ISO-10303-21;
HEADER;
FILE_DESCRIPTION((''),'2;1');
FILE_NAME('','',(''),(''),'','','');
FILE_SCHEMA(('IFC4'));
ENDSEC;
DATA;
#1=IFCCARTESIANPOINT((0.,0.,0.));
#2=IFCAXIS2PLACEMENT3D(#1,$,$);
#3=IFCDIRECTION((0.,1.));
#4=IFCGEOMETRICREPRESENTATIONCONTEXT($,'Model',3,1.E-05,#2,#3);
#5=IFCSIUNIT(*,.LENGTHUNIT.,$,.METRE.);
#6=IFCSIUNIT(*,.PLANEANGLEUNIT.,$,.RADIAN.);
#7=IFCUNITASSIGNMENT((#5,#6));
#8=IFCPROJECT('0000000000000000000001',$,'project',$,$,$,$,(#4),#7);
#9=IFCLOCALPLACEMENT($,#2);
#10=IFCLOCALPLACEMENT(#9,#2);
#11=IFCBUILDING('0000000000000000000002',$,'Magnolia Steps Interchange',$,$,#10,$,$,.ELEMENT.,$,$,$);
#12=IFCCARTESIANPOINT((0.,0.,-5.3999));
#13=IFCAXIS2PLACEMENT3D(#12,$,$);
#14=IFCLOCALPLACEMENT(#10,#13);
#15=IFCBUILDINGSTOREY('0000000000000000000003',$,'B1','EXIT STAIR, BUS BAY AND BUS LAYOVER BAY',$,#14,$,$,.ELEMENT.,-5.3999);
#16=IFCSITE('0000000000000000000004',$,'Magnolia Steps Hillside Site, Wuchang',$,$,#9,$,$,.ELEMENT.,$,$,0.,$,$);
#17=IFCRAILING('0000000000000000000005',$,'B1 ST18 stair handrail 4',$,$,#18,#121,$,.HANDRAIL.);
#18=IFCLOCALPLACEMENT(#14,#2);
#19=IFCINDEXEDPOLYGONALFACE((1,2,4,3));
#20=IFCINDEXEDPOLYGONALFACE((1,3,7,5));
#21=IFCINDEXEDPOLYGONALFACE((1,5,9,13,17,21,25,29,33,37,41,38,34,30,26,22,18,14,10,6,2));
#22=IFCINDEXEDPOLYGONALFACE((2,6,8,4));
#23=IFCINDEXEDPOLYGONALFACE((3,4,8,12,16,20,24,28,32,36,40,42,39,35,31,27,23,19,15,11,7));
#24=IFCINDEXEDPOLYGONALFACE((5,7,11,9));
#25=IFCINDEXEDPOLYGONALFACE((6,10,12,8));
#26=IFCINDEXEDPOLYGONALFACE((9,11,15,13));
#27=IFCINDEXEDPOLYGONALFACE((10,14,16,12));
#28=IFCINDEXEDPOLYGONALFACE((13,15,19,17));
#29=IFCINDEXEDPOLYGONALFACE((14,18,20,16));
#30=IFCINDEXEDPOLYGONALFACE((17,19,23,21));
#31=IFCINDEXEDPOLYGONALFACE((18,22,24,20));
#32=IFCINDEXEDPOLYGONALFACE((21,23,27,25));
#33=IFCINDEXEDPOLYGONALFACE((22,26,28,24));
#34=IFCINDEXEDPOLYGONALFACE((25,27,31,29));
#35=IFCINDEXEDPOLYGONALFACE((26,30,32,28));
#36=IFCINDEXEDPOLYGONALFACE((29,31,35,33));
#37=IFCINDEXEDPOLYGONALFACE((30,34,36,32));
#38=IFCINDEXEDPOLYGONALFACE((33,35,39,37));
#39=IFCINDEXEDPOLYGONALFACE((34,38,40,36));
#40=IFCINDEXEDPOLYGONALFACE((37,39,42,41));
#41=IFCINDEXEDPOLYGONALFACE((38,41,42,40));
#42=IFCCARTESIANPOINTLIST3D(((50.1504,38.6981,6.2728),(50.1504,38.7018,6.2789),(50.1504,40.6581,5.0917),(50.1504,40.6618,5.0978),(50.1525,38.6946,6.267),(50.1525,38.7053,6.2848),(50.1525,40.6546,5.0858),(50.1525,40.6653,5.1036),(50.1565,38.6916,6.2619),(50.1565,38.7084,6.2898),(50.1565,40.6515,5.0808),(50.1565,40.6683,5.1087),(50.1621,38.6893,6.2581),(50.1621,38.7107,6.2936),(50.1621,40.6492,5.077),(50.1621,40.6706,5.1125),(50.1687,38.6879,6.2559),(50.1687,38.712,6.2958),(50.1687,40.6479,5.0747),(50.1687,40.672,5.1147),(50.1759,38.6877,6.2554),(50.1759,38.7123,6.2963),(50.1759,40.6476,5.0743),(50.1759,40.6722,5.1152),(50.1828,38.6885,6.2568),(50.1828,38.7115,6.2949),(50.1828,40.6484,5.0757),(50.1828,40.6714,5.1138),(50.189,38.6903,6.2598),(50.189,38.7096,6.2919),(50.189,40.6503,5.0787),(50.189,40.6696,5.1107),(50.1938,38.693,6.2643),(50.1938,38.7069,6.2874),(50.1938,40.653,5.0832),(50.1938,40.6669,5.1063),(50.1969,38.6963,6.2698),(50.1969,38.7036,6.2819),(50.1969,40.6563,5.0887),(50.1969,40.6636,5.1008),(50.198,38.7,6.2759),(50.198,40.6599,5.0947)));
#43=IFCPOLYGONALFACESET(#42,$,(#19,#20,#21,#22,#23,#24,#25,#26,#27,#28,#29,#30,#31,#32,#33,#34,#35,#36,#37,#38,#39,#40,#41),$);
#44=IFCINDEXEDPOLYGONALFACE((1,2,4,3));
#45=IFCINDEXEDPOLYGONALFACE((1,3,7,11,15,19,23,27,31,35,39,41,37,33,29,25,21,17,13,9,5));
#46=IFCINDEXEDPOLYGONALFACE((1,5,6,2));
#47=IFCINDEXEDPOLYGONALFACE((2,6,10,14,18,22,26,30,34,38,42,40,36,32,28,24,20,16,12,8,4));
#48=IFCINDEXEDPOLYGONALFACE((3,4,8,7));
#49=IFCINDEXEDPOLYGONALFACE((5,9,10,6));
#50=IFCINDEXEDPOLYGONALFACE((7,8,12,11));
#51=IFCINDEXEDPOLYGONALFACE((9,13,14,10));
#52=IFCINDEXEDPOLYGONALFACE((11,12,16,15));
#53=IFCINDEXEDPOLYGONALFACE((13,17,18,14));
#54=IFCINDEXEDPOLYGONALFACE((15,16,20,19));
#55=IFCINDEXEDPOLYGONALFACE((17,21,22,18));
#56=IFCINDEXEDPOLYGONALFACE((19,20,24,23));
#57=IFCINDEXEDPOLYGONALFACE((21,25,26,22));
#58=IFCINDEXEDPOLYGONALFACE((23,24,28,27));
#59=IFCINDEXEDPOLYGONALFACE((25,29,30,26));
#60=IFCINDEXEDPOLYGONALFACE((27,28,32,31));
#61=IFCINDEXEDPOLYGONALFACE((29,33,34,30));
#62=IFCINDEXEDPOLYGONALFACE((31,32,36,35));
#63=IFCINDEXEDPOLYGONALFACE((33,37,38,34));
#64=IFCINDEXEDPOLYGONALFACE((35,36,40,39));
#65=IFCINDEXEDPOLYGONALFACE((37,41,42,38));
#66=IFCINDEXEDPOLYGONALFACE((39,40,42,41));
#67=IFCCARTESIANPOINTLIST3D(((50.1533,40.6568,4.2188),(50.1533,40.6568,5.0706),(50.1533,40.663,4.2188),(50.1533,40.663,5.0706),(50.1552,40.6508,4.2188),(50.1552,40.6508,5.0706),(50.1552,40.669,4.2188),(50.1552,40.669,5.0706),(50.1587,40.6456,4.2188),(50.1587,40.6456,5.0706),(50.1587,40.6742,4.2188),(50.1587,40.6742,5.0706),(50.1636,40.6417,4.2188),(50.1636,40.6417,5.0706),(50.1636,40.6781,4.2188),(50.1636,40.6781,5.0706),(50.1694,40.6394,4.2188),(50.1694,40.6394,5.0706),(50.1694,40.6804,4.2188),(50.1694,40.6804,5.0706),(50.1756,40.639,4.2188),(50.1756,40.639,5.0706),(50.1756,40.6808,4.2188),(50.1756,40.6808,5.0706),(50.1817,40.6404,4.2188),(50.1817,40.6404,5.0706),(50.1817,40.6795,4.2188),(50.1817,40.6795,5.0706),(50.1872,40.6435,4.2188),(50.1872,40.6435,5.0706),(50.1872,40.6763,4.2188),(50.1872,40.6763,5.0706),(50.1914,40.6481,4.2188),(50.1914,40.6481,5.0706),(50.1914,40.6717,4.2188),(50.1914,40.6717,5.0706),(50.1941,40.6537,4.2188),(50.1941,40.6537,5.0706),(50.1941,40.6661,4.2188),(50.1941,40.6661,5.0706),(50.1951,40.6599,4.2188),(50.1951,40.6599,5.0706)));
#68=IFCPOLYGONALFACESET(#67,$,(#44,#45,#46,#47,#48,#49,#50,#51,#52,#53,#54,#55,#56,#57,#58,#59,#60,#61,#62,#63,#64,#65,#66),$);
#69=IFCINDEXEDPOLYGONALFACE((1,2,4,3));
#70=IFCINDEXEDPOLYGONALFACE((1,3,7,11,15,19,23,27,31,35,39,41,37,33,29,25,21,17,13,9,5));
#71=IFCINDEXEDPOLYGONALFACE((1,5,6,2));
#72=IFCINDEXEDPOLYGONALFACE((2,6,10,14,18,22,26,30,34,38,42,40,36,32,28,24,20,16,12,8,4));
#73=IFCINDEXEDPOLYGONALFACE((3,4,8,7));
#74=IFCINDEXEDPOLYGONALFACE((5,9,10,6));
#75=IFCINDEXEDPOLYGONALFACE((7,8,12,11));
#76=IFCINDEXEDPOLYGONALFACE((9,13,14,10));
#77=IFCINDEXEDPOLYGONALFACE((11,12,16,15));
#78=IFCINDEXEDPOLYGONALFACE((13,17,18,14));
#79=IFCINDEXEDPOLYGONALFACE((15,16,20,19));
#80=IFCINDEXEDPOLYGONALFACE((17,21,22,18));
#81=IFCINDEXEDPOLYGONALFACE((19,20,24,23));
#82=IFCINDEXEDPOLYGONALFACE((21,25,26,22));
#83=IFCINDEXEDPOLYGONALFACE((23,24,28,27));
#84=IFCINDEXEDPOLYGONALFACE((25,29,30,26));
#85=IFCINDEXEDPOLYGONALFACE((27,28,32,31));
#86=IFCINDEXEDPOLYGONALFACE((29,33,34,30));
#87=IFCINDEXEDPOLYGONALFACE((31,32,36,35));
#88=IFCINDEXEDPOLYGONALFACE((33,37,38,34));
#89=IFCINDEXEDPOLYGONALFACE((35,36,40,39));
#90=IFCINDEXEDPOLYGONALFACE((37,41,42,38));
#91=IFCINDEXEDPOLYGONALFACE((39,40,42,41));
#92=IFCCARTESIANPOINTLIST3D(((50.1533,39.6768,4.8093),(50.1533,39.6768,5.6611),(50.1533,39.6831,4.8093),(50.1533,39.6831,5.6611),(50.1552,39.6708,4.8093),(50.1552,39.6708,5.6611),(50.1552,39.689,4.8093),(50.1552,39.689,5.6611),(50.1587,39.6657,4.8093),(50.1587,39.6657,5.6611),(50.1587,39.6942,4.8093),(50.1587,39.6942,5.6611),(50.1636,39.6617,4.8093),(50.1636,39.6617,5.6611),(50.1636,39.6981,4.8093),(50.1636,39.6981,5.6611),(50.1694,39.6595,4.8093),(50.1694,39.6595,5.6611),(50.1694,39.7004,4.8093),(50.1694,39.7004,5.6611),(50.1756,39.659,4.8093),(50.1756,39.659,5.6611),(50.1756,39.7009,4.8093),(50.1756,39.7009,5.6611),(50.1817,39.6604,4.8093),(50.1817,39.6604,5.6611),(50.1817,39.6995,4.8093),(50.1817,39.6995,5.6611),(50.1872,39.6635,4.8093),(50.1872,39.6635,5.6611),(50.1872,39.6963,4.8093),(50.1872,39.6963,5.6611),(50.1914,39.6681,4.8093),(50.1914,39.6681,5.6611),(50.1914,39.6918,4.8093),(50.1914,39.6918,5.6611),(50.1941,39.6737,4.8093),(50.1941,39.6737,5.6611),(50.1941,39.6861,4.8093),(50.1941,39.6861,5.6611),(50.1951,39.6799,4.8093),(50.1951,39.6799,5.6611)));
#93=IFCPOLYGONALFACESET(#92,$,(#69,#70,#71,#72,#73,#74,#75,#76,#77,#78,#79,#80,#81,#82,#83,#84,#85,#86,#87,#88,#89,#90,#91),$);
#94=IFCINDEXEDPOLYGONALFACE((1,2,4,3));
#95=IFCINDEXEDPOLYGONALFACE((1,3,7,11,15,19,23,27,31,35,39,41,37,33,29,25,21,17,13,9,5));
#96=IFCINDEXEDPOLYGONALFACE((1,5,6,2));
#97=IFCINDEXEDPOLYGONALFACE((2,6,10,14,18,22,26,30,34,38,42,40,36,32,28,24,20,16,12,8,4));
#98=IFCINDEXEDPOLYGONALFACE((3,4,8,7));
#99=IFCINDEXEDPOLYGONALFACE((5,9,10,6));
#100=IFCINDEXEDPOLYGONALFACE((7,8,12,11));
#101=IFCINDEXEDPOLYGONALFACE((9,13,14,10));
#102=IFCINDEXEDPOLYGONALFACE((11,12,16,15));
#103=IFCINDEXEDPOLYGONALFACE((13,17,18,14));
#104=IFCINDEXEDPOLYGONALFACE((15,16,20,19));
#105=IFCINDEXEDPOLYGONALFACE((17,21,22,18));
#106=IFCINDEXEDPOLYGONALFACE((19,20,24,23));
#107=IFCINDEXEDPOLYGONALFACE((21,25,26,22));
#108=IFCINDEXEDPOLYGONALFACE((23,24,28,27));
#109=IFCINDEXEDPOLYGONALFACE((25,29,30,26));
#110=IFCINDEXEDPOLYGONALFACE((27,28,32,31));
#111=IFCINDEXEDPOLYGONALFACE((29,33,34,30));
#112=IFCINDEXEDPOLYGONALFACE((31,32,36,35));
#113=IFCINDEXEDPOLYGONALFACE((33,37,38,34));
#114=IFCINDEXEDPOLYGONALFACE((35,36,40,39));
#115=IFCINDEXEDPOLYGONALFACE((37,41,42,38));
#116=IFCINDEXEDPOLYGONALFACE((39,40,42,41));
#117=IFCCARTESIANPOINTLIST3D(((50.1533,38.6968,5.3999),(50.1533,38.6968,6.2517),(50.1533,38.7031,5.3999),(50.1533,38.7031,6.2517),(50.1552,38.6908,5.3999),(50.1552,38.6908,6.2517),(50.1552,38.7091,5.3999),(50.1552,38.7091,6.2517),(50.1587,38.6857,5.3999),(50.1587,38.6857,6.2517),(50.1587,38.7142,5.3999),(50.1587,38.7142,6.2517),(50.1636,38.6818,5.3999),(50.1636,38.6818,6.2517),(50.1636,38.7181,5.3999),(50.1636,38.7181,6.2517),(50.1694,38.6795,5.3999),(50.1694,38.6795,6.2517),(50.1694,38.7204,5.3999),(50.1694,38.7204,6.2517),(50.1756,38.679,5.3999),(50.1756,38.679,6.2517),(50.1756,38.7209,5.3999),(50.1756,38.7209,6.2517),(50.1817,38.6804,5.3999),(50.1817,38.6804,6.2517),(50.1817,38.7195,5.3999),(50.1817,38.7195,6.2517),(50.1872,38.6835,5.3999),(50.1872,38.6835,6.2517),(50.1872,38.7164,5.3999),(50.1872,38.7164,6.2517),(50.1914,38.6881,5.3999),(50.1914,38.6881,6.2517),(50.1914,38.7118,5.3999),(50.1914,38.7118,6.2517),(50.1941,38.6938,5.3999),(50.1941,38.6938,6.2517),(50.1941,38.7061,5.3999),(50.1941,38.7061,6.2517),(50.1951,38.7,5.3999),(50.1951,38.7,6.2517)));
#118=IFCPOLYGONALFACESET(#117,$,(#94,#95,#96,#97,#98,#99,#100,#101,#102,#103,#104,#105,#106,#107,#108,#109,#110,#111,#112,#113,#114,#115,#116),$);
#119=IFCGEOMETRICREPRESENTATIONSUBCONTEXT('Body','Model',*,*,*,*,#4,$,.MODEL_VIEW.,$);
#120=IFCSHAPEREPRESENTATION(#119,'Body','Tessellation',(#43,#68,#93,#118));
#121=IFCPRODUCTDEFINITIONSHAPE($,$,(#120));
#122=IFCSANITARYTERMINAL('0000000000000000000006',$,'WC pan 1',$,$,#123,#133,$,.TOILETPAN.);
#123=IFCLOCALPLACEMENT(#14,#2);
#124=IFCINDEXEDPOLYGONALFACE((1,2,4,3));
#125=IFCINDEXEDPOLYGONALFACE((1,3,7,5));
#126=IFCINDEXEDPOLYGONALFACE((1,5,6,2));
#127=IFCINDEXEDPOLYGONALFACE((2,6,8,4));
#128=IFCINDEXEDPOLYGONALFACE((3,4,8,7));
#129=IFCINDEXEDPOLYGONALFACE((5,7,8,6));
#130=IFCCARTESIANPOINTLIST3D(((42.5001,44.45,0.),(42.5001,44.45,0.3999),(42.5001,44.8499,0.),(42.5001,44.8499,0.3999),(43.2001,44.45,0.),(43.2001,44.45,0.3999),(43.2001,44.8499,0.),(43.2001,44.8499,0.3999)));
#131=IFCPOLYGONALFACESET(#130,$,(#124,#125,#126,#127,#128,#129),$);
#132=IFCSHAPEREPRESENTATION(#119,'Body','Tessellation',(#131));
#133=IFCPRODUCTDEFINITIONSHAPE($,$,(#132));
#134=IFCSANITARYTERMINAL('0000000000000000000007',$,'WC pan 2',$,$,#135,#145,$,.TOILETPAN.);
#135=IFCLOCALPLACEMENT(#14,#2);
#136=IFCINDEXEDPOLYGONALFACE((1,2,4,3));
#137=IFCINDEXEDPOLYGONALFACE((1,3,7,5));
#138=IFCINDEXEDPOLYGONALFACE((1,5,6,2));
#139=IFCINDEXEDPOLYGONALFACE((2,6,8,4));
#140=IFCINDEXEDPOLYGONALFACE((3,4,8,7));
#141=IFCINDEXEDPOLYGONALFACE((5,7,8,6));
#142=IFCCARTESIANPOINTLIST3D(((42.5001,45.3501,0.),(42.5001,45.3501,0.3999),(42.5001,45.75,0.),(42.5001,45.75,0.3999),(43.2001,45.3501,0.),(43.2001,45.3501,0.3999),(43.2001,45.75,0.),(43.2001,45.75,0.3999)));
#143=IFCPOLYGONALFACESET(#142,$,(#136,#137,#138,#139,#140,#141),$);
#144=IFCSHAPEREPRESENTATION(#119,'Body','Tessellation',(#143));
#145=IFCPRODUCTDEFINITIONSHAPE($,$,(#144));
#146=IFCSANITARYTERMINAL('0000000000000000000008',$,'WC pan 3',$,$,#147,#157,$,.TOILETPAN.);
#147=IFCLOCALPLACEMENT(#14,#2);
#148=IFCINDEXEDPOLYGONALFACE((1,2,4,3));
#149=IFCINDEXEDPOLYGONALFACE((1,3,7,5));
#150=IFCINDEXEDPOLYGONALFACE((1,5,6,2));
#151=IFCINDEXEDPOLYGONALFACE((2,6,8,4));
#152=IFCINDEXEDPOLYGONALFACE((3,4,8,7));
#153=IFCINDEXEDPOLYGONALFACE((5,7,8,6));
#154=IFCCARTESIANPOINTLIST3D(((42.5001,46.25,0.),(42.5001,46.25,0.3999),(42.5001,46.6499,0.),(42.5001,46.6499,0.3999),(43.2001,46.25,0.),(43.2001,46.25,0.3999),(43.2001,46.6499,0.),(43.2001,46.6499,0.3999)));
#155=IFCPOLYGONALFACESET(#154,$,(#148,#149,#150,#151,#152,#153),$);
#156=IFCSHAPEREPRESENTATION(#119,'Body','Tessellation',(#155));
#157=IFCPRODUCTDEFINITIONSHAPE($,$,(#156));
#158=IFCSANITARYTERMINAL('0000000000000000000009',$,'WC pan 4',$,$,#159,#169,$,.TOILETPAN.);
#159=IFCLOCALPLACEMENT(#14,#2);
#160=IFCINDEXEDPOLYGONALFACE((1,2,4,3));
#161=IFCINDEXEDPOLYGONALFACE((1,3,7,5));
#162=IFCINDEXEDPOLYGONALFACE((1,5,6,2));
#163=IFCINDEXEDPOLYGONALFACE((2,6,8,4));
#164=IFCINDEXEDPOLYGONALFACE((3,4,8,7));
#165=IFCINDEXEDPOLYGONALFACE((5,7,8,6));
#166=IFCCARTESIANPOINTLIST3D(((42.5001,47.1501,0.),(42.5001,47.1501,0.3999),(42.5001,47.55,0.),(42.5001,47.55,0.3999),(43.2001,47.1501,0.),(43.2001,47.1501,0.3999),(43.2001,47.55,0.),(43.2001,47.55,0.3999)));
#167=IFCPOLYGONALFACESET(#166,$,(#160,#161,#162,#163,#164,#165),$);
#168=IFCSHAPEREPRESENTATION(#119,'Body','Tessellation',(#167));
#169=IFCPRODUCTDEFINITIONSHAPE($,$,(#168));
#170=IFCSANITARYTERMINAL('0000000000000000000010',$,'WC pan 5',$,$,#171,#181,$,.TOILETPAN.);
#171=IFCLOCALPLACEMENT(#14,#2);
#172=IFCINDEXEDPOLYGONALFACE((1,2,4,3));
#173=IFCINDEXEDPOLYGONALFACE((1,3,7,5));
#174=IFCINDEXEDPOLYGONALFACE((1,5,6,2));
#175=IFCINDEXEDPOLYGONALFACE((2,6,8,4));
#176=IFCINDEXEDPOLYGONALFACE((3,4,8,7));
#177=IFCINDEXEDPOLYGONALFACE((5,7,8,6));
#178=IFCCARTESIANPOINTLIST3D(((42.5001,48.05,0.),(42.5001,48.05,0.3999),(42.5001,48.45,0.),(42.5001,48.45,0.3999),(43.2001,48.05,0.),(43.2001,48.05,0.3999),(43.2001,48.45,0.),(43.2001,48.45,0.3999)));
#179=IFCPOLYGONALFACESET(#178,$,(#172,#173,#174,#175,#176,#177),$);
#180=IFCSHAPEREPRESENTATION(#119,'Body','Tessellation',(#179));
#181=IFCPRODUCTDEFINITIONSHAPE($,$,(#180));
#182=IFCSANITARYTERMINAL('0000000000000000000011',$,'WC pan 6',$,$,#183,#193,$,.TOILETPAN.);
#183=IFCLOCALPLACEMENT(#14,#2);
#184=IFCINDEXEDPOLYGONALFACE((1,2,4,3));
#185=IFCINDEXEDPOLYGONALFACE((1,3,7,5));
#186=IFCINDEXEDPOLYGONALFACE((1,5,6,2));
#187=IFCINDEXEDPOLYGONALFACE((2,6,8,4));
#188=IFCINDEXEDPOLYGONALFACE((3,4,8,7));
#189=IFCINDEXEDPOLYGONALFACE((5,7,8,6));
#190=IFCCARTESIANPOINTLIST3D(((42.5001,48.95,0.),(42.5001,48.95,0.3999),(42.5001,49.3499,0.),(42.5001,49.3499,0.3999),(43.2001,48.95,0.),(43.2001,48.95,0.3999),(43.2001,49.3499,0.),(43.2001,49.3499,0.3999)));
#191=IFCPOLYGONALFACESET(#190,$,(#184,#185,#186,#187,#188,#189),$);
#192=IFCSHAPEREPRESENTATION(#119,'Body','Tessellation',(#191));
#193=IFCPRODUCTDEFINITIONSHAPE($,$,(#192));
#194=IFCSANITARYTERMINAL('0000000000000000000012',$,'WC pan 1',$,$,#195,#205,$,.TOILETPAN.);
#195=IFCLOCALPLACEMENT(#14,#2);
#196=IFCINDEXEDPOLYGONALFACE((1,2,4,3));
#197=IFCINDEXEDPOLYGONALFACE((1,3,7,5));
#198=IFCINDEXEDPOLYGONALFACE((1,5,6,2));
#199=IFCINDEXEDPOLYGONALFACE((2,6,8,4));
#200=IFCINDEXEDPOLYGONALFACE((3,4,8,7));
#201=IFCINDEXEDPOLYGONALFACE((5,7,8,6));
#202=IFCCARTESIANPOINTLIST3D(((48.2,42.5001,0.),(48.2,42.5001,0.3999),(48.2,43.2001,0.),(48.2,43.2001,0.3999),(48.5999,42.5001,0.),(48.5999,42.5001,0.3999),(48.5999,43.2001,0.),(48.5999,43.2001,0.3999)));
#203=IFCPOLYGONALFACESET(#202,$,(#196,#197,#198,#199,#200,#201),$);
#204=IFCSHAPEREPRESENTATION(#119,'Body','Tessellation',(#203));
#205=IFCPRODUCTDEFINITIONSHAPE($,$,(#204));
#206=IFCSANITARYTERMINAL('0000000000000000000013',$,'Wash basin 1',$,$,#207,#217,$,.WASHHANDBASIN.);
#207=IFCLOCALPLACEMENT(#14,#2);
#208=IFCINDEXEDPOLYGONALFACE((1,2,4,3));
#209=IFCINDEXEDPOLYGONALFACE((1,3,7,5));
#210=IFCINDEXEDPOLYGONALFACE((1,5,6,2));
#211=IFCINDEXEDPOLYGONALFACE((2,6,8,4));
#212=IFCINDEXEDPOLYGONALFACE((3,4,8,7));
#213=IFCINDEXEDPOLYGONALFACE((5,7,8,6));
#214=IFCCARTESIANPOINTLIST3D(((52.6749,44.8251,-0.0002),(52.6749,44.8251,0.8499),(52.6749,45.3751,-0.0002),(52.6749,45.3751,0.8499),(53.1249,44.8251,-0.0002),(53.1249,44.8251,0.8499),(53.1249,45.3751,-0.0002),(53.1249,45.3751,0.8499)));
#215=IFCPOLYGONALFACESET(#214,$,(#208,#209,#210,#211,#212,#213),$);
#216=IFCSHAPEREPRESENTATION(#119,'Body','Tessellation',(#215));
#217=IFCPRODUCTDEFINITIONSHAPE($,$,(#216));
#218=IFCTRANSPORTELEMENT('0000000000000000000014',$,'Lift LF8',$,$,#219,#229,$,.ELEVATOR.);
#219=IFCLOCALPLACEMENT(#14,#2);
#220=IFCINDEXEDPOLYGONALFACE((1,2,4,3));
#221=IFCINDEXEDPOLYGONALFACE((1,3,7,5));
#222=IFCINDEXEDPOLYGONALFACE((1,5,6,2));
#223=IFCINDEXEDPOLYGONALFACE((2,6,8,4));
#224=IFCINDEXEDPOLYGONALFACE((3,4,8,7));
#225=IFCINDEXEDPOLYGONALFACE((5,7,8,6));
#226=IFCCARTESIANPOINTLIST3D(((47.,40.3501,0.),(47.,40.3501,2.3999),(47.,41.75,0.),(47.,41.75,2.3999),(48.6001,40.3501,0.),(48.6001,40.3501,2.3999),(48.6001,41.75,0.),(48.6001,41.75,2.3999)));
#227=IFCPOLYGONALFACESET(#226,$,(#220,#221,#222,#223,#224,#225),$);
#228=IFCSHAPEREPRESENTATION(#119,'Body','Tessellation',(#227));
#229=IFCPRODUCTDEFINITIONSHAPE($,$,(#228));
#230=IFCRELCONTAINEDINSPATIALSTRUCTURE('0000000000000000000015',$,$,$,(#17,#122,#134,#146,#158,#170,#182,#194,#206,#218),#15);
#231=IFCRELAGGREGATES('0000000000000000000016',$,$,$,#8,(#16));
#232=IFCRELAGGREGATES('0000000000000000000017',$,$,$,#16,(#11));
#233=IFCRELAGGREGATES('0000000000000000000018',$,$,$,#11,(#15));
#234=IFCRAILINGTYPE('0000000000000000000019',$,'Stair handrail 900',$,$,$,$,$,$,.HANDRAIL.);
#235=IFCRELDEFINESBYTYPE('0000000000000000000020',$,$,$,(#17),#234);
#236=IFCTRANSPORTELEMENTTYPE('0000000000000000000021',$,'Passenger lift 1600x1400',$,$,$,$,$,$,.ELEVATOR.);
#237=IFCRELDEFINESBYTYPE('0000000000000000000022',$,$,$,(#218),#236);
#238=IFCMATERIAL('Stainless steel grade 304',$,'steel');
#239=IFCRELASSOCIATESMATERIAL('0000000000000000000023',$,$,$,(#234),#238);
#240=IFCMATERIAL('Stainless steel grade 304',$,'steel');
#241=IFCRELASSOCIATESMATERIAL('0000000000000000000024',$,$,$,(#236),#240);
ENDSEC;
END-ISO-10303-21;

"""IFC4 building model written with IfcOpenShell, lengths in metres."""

from ifc_helpers import new_model, si_unit, direction, frame, origin, origin_2d, place, context, subcontext, project, spatial, rectangle, circle, extrude, material, type_object, element, save


model = new_model("IFC4")

# Units and contexts
model_context = context("Model", 3, precision=1e-05, world=origin(), true_north=direction((0.0, 1.0)))
body_context = subcontext(model_context, "Body", "Model", "MODEL_VIEW")
ifc_project = project(units=[si_unit("LENGTHUNIT", "METRE"), si_unit("PLANEANGLEUNIT", "RADIAN")], contexts=[model_context])

# Site, building, storey
site_placement = place(None, origin())
site = spatial("IfcSite", under=ifc_project, at=site_placement, Name="Magnolia Steps Hillside Site, Wuchang", CompositionType="ELEMENT", RefElevation=0.0)
building_placement = place(site_placement, origin())
building = spatial("IfcBuilding", under=site, at=building_placement, Name="Magnolia Steps Interchange", CompositionType="ELEMENT")
storey_placement = place(building_placement, frame((0.0, 0.0, -5.3999)))
storey = spatial("IfcBuildingStorey", under=building, at=storey_placement, Name="B1", Description="EXIT STAIR, BUS BAY AND BUS LAYOVER BAY", CompositionType="ELEMENT", Elevation=-5.3999)

# Railing
ifc_material_1 = material(Name="Stainless steel grade 304", Category="steel")
railing_type_1 = type_object("IfcRailingType", Name="Stair handrail 900", PredefinedType="HANDRAIL", material=ifc_material_1)
railing_1_placement = place(storey_placement, frame((50.1741, 40.6599, 4.2188)))
element("IfcRailing", 1, at=railing_1_placement, inside=storey, type_object=railing_type_1, Name="B1 ST18 stair handrail 4", PredefinedType="HANDRAIL", context=body_context, shape_type="SweptSolid", body=[
    extrude(circle(Radius=0.0239, at=origin_2d()), frame((0.0, 0.0, 0.876), z_axis=(0.0, -0.856493, 0.516158), x_axis=(1.0, 0.0, 0.0)), (0.0, 0.0, 1.0), 2.2883),
    extrude(circle(Radius=0.021, at=origin_2d()), origin(), (0.0, 0.0, 1.0), 0.8518),
    extrude(circle(Radius=0.021, at=origin_2d()), frame((0.0, -0.98, 0.5906)), (0.0, 0.0, 1.0), 0.8518),
    extrude(circle(Radius=0.021, at=origin_2d()), frame((0.0, -1.96, 1.1812)), (0.0, 0.0, 1.0), 0.8518),
])

# Sanitary terminals
for number, where, z_axis, x_axis, name in (
    (2, (42.8501, 44.6499, 0.0), (0.0, 0.0, 1.0), (0.0, 1.0, 0.0), "WC pan 1"),
    (3, (42.8501, 45.55, 0.0), (0.0, 0.0, 1.0), (0.0, 1.0, 0.0), "WC pan 2"),
    (4, (42.8501, 46.45, 0.0), (0.0, 0.0, 1.0), (0.0, 1.0, 0.0), "WC pan 3"),
    (5, (42.8501, 47.3501, 0.0), (0.0, 0.0, 1.0), (0.0, 1.0, 0.0), "WC pan 4"),
    (6, (42.8501, 48.25, 0.0), (0.0, 0.0, 1.0), (0.0, 1.0, 0.0), "WC pan 5"),
    (7, (42.8501, 49.1499, 0.0), (0.0, 0.0, 1.0), (0.0, 1.0, 0.0), "WC pan 6"),
    (8, (48.3999, 42.8501, 0.0), (0.0, 0.0, 1.0), (1.0, 0.0, 0.0), "WC pan 1"),
):
    element("IfcSanitaryTerminal", number, at=place(storey_placement, frame(where, z_axis=z_axis, x_axis=x_axis)), inside=storey, Name=name, PredefinedType="TOILETPAN", context=body_context, shape_type="SweptSolid", body=[
        extrude(rectangle(XDim=0.3999, YDim=0.7, at=origin_2d()), origin(), (0.0, 0.0, 1.0), 0.3999),
    ])
sanitary_terminal_placement = place(storey_placement, frame((52.8999, 45.1001, -0.0002), z_axis=(0.0, 0.0, 1.0), x_axis=(1.0, 0.0, 0.0)))
element("IfcSanitaryTerminal", 9, at=sanitary_terminal_placement, inside=storey, Name="Wash basin 1", PredefinedType="WASHHANDBASIN", context=body_context, shape_type="SweptSolid", body=[
    extrude(rectangle(XDim=0.45, YDim=0.55, at=origin_2d()), origin(), (0.0, 0.0, 1.0), 0.8501),
])

# Transport element
ifc_material_2 = material(Name="Stainless steel grade 304", Category="steel")
transport_element_type = type_object("IfcTransportElementType", Name="Passenger lift 1600x1400", PredefinedType="ELEVATOR", material=ifc_material_2)
transport_element_placement = place(storey_placement, frame((47.8, 41.05, 0.0), z_axis=(0.0, 0.0, 1.0), x_axis=(1.0, 0.0, 0.0)))
element("IfcTransportElement", 10, at=transport_element_placement, inside=storey, type_object=transport_element_type, Name="Lift LF8", PredefinedType="ELEVATOR", context=body_context, shape_type="SweptSolid", body=[
    extrude(rectangle(XDim=1.6001, YDim=1.3999, at=origin_2d()), origin(), (0.0, 0.0, 1.0), 2.3999),
])

save(model, "model.ifc")
